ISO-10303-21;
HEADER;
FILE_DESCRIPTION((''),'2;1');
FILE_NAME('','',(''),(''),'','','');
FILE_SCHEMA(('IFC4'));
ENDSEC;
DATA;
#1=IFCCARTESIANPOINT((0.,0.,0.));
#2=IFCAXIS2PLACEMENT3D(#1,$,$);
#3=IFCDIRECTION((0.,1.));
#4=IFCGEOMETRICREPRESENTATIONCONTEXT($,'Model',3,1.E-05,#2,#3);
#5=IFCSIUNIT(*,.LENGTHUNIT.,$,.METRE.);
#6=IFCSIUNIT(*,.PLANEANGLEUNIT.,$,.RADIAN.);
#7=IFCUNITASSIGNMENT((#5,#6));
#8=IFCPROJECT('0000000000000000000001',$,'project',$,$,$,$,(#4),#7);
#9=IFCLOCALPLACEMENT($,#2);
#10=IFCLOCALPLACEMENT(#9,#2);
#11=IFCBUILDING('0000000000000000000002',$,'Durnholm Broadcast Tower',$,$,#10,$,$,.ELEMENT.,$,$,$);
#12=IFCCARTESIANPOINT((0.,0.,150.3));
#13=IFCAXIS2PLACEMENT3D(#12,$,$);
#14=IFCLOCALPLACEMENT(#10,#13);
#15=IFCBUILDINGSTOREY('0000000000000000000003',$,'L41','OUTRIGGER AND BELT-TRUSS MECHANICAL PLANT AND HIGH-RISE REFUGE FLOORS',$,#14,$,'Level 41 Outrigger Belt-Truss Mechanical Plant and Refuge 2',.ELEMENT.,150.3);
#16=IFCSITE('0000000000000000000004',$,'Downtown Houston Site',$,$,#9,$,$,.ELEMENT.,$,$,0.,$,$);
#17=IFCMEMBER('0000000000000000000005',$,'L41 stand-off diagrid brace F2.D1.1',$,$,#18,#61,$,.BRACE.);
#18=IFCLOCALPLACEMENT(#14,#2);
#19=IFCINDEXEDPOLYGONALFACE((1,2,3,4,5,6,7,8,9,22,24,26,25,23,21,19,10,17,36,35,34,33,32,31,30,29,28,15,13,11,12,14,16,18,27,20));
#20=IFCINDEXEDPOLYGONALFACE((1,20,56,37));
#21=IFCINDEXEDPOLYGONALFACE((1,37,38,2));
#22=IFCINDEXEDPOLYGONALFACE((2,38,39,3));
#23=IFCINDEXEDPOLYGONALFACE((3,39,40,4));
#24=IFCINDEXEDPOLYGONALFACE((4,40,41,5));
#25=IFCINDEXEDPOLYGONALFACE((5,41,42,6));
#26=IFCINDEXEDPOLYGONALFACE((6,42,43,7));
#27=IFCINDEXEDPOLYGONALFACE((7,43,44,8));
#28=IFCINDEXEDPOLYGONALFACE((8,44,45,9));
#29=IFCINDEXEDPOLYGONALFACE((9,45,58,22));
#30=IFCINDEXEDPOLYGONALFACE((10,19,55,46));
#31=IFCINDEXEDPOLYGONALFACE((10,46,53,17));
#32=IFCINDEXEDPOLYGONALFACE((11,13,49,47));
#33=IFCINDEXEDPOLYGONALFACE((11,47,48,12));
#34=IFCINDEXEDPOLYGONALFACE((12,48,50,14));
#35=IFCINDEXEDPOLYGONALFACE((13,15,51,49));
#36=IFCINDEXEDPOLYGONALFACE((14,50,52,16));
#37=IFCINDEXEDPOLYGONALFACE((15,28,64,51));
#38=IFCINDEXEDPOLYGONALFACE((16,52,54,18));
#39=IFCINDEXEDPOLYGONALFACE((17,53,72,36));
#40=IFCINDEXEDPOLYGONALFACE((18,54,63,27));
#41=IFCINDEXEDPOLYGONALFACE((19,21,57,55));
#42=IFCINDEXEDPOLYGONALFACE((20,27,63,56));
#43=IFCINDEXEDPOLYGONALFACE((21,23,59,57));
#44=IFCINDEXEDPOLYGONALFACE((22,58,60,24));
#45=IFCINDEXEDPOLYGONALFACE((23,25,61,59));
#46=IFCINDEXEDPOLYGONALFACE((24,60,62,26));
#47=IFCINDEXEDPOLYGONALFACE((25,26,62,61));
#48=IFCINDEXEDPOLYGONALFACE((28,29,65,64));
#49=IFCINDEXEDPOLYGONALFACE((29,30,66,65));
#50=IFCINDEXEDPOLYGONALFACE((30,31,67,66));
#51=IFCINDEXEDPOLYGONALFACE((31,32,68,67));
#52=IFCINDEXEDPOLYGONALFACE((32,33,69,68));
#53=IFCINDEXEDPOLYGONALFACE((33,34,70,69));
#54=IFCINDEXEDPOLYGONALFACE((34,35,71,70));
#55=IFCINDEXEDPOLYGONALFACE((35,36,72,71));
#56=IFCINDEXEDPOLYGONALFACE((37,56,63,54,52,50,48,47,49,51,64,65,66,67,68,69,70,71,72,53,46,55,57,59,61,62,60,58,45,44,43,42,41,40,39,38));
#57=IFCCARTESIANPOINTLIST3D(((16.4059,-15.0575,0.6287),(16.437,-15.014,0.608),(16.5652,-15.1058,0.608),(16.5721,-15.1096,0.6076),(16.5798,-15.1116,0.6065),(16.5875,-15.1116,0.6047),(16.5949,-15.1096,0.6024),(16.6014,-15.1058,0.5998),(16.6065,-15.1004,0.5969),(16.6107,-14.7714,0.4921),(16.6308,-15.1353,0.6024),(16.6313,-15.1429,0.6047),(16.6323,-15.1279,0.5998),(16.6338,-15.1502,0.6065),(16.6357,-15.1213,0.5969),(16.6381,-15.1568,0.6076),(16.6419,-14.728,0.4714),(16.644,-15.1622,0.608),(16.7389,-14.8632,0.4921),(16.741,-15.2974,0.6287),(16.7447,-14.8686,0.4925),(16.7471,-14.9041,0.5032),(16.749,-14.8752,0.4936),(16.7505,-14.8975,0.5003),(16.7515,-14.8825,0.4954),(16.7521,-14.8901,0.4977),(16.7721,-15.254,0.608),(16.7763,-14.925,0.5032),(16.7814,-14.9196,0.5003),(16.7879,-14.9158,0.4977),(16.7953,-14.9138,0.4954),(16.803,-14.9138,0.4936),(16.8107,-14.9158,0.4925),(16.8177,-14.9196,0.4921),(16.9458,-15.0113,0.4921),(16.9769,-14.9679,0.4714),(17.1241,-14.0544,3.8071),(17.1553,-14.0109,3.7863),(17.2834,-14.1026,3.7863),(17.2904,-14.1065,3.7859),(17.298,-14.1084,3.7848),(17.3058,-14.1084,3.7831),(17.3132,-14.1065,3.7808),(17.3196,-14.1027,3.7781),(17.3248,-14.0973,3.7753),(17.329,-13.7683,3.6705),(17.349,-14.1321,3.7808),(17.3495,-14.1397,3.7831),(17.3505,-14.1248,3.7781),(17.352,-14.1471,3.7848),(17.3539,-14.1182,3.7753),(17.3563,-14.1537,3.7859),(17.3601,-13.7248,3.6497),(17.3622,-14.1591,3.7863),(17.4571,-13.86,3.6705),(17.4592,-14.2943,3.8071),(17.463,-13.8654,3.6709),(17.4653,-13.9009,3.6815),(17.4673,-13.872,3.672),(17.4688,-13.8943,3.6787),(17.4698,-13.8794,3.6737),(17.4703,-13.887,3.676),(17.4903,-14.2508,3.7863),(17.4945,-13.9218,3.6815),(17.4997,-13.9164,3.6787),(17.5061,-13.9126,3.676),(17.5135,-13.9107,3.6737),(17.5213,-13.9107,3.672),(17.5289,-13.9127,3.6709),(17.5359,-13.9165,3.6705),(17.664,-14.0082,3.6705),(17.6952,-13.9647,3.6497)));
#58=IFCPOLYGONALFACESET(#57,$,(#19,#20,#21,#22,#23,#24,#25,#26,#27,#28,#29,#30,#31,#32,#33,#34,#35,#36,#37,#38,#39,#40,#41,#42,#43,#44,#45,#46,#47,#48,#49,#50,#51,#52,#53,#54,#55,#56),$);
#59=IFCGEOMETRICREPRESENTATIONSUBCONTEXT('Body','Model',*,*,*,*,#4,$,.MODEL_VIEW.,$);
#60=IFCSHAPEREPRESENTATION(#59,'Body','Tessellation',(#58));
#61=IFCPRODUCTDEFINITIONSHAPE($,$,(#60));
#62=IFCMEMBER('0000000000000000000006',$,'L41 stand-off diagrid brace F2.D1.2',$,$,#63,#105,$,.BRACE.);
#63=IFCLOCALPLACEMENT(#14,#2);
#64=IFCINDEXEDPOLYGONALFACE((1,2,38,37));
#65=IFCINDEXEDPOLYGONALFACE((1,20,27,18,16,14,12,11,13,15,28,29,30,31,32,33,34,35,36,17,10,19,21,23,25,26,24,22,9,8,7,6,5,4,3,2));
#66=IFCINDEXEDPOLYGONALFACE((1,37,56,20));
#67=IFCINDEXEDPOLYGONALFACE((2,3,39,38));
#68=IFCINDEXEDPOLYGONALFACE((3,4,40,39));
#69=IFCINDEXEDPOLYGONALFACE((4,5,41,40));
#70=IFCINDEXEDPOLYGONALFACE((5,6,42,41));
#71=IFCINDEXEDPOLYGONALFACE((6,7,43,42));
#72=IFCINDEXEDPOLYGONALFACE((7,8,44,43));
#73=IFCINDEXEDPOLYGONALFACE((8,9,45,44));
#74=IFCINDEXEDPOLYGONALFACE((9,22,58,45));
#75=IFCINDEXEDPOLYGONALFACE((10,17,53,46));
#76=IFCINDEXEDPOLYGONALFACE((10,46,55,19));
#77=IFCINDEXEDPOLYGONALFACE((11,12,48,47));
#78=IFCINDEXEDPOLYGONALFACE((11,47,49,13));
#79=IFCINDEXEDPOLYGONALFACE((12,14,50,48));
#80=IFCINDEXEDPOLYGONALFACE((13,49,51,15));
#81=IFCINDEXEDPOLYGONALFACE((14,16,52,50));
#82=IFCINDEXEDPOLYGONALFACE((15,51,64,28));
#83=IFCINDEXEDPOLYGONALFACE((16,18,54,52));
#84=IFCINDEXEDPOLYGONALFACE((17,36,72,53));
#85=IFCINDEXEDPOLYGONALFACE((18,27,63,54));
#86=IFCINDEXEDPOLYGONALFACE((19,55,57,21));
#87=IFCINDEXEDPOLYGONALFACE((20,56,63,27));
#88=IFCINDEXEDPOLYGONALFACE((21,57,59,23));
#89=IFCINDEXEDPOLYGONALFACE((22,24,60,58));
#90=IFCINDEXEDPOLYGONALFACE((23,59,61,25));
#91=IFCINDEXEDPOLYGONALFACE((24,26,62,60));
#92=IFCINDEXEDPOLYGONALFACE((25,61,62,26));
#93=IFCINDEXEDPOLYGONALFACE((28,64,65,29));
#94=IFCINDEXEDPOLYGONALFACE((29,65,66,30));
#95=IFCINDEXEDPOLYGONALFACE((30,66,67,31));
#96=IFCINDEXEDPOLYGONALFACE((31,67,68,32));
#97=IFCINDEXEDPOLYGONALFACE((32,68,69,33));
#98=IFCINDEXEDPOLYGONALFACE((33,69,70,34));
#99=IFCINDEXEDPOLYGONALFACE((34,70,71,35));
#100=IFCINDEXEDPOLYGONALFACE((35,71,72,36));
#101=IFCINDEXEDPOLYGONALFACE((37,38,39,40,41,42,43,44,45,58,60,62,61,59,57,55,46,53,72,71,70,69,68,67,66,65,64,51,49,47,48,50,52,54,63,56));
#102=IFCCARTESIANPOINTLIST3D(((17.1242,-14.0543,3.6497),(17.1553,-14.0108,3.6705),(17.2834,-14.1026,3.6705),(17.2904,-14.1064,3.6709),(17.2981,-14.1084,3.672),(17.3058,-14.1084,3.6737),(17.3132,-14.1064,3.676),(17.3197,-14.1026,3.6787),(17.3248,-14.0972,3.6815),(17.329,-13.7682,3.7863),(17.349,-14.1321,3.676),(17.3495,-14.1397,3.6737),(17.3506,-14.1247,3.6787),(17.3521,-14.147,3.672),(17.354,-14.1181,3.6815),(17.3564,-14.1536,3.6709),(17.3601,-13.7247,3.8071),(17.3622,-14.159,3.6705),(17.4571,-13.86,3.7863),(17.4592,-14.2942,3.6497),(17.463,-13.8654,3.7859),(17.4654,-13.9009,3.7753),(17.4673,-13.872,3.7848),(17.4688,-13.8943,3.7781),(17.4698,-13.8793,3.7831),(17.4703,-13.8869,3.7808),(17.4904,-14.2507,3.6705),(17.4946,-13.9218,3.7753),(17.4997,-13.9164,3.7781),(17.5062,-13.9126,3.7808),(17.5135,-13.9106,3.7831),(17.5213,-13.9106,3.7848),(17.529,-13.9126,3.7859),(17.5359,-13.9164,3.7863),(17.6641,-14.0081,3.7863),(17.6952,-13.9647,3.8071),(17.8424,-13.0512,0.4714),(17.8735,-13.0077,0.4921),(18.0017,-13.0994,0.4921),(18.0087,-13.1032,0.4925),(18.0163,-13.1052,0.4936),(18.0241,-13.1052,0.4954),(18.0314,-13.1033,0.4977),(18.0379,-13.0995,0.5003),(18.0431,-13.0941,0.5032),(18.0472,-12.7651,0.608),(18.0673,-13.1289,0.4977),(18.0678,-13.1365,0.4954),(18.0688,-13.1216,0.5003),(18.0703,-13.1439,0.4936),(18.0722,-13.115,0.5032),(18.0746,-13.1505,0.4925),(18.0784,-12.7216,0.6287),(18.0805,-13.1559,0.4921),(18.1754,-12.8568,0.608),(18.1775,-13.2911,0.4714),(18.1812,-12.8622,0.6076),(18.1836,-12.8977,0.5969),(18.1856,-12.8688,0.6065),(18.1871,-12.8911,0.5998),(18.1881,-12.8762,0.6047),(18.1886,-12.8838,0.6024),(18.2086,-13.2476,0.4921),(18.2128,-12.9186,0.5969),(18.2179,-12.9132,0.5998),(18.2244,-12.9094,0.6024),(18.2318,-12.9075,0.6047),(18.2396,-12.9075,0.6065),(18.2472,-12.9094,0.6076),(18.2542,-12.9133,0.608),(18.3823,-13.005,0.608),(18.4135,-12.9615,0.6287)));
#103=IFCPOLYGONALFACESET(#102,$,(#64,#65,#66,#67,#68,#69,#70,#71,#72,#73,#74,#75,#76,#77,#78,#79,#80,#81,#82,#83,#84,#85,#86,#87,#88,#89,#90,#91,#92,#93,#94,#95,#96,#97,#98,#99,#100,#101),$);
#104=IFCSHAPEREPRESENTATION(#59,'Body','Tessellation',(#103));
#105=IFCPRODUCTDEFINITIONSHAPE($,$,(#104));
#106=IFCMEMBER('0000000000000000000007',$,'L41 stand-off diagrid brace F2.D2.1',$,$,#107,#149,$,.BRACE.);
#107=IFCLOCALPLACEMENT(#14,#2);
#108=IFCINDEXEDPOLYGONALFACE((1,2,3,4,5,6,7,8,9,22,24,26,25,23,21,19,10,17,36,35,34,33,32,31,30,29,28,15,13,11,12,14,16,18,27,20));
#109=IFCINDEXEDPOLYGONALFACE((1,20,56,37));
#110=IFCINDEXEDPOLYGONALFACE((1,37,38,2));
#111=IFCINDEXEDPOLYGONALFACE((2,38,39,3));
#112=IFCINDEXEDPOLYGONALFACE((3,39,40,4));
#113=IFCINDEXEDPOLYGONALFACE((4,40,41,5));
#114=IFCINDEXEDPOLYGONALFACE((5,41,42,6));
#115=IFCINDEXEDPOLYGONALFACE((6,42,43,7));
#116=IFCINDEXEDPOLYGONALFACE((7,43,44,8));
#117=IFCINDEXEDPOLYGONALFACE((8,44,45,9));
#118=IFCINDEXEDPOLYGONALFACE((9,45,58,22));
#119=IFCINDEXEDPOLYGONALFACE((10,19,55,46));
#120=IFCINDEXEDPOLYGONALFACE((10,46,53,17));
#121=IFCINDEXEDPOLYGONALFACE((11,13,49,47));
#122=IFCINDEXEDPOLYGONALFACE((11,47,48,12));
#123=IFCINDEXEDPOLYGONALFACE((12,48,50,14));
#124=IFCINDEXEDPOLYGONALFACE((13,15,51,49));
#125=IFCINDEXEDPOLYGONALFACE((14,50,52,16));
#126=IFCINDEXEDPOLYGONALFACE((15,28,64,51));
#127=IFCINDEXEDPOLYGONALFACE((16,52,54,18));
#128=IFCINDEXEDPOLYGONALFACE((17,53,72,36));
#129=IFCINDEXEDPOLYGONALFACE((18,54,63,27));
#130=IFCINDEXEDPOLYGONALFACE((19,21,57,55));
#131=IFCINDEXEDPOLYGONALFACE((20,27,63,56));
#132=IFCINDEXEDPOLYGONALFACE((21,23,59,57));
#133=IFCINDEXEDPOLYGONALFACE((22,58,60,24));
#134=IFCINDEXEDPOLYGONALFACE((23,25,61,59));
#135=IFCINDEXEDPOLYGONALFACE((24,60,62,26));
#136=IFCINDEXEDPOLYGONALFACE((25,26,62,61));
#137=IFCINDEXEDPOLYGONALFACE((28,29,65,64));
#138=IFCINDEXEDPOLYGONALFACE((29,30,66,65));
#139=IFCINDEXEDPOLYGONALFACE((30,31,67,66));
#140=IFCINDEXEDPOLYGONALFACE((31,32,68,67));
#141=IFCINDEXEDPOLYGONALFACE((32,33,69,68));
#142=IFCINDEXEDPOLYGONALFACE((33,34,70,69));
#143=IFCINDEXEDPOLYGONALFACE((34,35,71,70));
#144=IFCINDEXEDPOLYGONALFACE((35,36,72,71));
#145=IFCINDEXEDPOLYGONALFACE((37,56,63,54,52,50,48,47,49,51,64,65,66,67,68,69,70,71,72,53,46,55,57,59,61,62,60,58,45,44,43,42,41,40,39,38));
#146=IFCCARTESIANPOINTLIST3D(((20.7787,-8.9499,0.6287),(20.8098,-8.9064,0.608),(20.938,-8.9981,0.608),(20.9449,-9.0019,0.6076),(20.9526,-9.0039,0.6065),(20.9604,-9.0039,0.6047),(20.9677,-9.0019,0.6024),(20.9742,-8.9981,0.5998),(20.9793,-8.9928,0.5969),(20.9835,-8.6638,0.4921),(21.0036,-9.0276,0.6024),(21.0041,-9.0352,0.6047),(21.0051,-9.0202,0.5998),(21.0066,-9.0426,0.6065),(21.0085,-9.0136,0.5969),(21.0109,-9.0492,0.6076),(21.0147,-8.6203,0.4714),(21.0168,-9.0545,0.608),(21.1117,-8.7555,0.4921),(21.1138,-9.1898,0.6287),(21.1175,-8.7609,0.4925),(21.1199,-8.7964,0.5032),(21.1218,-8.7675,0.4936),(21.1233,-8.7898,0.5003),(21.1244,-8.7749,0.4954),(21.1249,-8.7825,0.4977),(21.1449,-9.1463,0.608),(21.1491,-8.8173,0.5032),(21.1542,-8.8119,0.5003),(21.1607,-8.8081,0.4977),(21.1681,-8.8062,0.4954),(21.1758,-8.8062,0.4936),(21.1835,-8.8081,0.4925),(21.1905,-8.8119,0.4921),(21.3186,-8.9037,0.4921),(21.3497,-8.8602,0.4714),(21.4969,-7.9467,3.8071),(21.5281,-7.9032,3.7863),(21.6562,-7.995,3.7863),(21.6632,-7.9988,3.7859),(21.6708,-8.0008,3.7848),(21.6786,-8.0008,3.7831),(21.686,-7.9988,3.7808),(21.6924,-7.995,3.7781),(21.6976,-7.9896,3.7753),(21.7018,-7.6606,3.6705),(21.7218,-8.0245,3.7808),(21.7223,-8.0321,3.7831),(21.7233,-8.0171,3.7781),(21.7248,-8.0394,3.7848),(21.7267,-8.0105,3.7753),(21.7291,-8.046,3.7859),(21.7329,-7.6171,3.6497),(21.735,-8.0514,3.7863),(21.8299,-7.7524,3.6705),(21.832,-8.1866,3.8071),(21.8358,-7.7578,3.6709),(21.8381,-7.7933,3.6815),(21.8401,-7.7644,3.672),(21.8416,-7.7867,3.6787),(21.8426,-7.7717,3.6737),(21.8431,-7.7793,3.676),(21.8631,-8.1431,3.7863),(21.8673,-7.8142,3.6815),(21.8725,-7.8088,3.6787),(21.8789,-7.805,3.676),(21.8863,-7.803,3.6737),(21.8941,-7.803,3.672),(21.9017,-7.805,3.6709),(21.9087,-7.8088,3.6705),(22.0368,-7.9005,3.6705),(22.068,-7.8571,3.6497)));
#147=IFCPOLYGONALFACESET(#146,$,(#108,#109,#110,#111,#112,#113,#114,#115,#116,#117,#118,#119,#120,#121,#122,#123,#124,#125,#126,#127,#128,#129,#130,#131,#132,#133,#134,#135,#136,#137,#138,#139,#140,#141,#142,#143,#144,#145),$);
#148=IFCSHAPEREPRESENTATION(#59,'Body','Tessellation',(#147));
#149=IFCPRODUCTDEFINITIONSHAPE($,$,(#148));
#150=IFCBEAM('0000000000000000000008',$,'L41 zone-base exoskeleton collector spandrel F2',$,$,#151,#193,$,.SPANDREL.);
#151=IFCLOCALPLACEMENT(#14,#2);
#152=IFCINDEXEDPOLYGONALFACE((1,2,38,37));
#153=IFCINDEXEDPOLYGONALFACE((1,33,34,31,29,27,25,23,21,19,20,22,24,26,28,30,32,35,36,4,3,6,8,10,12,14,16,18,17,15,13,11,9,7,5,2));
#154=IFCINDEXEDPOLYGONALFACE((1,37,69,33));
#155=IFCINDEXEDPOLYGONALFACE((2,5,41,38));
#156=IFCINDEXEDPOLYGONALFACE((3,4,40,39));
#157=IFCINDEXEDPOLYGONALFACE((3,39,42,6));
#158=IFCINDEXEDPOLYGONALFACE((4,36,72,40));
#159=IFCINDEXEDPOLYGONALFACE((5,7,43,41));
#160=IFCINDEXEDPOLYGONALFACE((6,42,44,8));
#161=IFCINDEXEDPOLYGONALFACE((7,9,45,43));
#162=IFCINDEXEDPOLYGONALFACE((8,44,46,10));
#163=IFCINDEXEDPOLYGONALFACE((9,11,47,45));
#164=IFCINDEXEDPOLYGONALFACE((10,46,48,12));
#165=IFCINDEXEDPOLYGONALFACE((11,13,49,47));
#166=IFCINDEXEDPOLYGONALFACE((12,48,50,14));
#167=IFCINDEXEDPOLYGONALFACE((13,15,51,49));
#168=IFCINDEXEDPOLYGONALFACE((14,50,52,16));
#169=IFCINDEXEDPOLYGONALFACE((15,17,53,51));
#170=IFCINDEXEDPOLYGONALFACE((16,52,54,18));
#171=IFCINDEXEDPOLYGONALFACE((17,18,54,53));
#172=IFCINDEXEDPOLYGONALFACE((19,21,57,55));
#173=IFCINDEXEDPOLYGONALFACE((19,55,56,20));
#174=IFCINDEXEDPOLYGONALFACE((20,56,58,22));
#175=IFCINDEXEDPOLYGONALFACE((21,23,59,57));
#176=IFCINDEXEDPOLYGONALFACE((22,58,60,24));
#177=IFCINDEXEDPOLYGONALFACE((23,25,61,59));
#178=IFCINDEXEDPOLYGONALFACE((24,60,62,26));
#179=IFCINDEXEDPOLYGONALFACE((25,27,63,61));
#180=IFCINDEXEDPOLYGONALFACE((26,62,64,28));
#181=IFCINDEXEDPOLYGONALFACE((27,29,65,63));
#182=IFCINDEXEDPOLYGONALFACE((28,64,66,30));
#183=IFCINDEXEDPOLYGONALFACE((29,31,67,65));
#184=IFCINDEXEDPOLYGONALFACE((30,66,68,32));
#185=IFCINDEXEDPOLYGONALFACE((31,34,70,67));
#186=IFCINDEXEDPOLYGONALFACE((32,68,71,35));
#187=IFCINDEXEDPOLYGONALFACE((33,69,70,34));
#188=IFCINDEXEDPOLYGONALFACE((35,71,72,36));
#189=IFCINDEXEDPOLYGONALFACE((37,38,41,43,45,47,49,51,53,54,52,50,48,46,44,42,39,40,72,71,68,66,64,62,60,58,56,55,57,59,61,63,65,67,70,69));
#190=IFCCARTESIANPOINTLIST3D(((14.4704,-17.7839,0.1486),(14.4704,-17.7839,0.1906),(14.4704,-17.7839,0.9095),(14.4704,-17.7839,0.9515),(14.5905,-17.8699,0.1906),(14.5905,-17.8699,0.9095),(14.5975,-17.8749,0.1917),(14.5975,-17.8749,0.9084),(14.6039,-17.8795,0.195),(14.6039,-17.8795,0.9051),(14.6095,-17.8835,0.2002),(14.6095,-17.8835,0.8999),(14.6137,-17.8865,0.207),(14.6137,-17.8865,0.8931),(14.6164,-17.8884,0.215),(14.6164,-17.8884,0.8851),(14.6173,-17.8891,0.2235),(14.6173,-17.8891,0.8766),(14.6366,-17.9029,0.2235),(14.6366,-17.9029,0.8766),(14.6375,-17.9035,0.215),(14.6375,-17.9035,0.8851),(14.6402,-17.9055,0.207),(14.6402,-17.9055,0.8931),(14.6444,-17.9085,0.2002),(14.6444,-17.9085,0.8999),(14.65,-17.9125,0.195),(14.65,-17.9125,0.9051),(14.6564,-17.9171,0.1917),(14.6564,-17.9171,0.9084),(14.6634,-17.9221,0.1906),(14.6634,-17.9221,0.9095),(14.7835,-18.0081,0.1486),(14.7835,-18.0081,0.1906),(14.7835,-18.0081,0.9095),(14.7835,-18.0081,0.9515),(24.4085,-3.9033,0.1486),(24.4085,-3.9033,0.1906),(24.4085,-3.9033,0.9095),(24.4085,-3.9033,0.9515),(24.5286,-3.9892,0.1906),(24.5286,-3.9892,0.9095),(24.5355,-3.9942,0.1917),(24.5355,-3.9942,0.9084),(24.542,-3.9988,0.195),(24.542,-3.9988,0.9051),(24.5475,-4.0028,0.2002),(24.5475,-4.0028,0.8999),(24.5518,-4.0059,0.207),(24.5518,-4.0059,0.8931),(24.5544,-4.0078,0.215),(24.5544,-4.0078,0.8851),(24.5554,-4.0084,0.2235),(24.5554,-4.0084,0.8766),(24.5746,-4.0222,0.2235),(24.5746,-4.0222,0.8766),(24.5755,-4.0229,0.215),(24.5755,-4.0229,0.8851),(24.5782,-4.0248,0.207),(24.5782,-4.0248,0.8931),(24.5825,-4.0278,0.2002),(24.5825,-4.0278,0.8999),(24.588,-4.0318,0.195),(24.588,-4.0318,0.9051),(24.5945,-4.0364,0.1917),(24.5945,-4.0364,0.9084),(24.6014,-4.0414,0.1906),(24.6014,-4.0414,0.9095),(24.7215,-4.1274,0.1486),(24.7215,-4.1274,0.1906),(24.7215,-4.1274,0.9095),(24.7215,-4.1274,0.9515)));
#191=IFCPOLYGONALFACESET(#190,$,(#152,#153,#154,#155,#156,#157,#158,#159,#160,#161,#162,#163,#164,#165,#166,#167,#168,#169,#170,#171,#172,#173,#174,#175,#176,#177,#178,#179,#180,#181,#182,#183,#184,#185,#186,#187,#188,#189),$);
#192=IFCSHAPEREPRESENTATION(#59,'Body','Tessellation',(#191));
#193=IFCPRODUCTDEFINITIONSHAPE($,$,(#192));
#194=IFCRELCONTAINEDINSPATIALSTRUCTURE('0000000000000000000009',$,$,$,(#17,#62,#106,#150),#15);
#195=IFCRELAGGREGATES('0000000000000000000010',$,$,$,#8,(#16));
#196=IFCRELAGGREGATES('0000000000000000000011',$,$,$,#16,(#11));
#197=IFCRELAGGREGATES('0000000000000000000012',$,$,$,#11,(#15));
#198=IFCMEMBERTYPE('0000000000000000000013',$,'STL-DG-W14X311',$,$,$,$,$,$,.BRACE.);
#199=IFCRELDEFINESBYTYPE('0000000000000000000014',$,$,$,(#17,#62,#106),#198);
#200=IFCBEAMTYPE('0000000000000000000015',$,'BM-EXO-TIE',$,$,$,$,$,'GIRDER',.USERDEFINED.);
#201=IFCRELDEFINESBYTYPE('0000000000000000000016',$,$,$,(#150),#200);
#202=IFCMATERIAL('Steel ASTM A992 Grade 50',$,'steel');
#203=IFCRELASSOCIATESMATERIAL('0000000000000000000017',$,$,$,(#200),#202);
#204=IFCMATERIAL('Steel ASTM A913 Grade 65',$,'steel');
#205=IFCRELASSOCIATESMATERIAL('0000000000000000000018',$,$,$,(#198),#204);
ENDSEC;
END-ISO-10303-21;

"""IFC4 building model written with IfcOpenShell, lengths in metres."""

from ifc_helpers import new_model, si_unit, direction, frame, origin, origin_2d, place, context, subcontext, project, spatial, i_section, extrude, source, transform, mapped, material, material_profile, profile_set, type_object, element, save


model = new_model("IFC4")

# Units and contexts
model_context = context("Model", 3, precision=1e-05, world=origin(), true_north=direction((0.0, 1.0)))
body_context = subcontext(model_context, "Body", "Model", "MODEL_VIEW")
ifc_project = project(units=[si_unit("LENGTHUNIT", "METRE"), si_unit("PLANEANGLEUNIT", "RADIAN")], contexts=[model_context])

# Site, building, storey
site_placement = place(None, origin())
site = spatial("IfcSite", under=ifc_project, at=site_placement, Name="Downtown Houston Site", CompositionType="ELEMENT", RefElevation=0.0)
building_placement = place(site_placement, origin())
building = spatial("IfcBuilding", under=site, at=building_placement, Name="Durnholm Broadcast Tower", CompositionType="ELEMENT")
storey_placement = place(building_placement, frame((0.0, 0.0, 150.3)))
storey = spatial("IfcBuildingStorey", under=building, at=storey_placement, Name="L41", Description="OUTRIGGER AND BELT-TRUSS MECHANICAL PLANT AND HIGH-RISE REFUGE FLOORS", LongName="Level 41 Outrigger Belt-Truss Mechanical Plant and Refuge 2", CompositionType="ELEMENT", Elevation=150.3)

# Shared definitions
ifc_material_1 = material(Name="Steel ASTM A992 Grade 50", Category="steel")
ifc_material_profile_1 = material_profile(ifc_material_1, i_section(OverallWidth=0.385, OverallDepth=0.803, WebThickness=0.0237, FlangeThickness=0.042, FilletRadius=0.033, at=origin_2d()), Name="W30X261")
ifc_profile_set_1 = profile_set([ifc_material_profile_1], Name="Steel ASTM A992 Grade 50")
beam_type = type_object("IfcBeamType", Name="BM-EXO-TIE", ElementType="GIRDER", PredefinedType="USERDEFINED", material=ifc_profile_set_1)

# Members
ifc_material_2 = material(Name="Steel ASTM A913 Grade 65", Category="steel")
ifc_material_profile_2 = material_profile(ifc_material_2, i_section(OverallWidth=0.4121, OverallDepth=0.4348, WebThickness=0.0359, FlangeThickness=0.0574, FilletRadius=0.0305, at=origin_2d()), Name="W14X311")
ifc_profile_set_2 = profile_set([ifc_material_profile_2], Name="Steel ASTM A913 Grade 65")
member_type_1 = type_object("IfcMemberType", Name="STL-DG-W14X311", PredefinedType="BRACE", material=ifc_profile_set_2)
shared_shape_1 = source(origin(), body_context, "Body", "SweptSolid", [
    extrude(i_section(OverallWidth=0.4121, OverallDepth=0.4348, WebThickness=0.0359, FlangeThickness=0.0574, FilletRadius=0.0305, at=origin_2d()), origin(), (0.0, 0.0, 1.0), 3.4094),
])
for number, where, z_axis, x_axis, name in (
    (1, (16.6914, -15.0127, 0.55), (0.210663, 0.294226, 0.93223), (-0.813078, 0.582155, 0.0), "L41 stand-off diagrid brace F2.D1.1"),
    (2, (18.1279, -13.0063, 0.55), (-0.210663, -0.294226, 0.93223), (0.813078, -0.582155, 0.0), "L41 stand-off diagrid brace F2.D1.2"),
    (3, (21.0642, -8.905, 0.55), (0.210663, 0.294226, 0.93223), (-0.813078, 0.582155, 0.0), "L41 stand-off diagrid brace F2.D2.1"),
):
    element("IfcMember", number, at=place(storey_placement, frame(where, z_axis=z_axis, x_axis=x_axis)), inside=storey, type_object=member_type_1, Name=name, PredefinedType="BRACE", context=body_context, shape_type="MappedRepresentation", body=[
        mapped(shared_shape_1, transform((0.0, 0.0, 0.0), x_axis=(1.0, 0.0, 0.0), y_axis=(0.0, 1.0, 0.0), z_axis=(0.0, 0.0, 1.0), scale=1.0)),
    ])

# Beam
shared_shape_2 = source(origin(), body_context, "Body", "SweptSolid", [
    extrude(i_section(OverallWidth=0.385, OverallDepth=0.803, WebThickness=0.0237, FlangeThickness=0.042, FilletRadius=0.033, at=origin_2d()), origin(), (0.0, 0.0, 1.0), 17.0715),
])
for number, where, z_axis, x_axis, name in (
    (4, (14.627, -17.896, 0.55), (0.58214, 0.813088, 0.0), (-0.813088, 0.58214, 0.0), "L41 zone-base exoskeleton collector spandrel F2"),
):
    element("IfcBeam", number, at=place(storey_placement, frame(where, z_axis=z_axis, x_axis=x_axis)), inside=storey, type_object=beam_type, Name=name, PredefinedType="SPANDREL", context=body_context, shape_type="MappedRepresentation", body=[
        mapped(shared_shape_2, transform((0.0, 0.0, 0.0), x_axis=(1.0, 0.0, 0.0), y_axis=(0.0, 1.0, 0.0), z_axis=(0.0, 0.0, 1.0), scale=1.0)),
    ])

save(model, "model.ifc")
